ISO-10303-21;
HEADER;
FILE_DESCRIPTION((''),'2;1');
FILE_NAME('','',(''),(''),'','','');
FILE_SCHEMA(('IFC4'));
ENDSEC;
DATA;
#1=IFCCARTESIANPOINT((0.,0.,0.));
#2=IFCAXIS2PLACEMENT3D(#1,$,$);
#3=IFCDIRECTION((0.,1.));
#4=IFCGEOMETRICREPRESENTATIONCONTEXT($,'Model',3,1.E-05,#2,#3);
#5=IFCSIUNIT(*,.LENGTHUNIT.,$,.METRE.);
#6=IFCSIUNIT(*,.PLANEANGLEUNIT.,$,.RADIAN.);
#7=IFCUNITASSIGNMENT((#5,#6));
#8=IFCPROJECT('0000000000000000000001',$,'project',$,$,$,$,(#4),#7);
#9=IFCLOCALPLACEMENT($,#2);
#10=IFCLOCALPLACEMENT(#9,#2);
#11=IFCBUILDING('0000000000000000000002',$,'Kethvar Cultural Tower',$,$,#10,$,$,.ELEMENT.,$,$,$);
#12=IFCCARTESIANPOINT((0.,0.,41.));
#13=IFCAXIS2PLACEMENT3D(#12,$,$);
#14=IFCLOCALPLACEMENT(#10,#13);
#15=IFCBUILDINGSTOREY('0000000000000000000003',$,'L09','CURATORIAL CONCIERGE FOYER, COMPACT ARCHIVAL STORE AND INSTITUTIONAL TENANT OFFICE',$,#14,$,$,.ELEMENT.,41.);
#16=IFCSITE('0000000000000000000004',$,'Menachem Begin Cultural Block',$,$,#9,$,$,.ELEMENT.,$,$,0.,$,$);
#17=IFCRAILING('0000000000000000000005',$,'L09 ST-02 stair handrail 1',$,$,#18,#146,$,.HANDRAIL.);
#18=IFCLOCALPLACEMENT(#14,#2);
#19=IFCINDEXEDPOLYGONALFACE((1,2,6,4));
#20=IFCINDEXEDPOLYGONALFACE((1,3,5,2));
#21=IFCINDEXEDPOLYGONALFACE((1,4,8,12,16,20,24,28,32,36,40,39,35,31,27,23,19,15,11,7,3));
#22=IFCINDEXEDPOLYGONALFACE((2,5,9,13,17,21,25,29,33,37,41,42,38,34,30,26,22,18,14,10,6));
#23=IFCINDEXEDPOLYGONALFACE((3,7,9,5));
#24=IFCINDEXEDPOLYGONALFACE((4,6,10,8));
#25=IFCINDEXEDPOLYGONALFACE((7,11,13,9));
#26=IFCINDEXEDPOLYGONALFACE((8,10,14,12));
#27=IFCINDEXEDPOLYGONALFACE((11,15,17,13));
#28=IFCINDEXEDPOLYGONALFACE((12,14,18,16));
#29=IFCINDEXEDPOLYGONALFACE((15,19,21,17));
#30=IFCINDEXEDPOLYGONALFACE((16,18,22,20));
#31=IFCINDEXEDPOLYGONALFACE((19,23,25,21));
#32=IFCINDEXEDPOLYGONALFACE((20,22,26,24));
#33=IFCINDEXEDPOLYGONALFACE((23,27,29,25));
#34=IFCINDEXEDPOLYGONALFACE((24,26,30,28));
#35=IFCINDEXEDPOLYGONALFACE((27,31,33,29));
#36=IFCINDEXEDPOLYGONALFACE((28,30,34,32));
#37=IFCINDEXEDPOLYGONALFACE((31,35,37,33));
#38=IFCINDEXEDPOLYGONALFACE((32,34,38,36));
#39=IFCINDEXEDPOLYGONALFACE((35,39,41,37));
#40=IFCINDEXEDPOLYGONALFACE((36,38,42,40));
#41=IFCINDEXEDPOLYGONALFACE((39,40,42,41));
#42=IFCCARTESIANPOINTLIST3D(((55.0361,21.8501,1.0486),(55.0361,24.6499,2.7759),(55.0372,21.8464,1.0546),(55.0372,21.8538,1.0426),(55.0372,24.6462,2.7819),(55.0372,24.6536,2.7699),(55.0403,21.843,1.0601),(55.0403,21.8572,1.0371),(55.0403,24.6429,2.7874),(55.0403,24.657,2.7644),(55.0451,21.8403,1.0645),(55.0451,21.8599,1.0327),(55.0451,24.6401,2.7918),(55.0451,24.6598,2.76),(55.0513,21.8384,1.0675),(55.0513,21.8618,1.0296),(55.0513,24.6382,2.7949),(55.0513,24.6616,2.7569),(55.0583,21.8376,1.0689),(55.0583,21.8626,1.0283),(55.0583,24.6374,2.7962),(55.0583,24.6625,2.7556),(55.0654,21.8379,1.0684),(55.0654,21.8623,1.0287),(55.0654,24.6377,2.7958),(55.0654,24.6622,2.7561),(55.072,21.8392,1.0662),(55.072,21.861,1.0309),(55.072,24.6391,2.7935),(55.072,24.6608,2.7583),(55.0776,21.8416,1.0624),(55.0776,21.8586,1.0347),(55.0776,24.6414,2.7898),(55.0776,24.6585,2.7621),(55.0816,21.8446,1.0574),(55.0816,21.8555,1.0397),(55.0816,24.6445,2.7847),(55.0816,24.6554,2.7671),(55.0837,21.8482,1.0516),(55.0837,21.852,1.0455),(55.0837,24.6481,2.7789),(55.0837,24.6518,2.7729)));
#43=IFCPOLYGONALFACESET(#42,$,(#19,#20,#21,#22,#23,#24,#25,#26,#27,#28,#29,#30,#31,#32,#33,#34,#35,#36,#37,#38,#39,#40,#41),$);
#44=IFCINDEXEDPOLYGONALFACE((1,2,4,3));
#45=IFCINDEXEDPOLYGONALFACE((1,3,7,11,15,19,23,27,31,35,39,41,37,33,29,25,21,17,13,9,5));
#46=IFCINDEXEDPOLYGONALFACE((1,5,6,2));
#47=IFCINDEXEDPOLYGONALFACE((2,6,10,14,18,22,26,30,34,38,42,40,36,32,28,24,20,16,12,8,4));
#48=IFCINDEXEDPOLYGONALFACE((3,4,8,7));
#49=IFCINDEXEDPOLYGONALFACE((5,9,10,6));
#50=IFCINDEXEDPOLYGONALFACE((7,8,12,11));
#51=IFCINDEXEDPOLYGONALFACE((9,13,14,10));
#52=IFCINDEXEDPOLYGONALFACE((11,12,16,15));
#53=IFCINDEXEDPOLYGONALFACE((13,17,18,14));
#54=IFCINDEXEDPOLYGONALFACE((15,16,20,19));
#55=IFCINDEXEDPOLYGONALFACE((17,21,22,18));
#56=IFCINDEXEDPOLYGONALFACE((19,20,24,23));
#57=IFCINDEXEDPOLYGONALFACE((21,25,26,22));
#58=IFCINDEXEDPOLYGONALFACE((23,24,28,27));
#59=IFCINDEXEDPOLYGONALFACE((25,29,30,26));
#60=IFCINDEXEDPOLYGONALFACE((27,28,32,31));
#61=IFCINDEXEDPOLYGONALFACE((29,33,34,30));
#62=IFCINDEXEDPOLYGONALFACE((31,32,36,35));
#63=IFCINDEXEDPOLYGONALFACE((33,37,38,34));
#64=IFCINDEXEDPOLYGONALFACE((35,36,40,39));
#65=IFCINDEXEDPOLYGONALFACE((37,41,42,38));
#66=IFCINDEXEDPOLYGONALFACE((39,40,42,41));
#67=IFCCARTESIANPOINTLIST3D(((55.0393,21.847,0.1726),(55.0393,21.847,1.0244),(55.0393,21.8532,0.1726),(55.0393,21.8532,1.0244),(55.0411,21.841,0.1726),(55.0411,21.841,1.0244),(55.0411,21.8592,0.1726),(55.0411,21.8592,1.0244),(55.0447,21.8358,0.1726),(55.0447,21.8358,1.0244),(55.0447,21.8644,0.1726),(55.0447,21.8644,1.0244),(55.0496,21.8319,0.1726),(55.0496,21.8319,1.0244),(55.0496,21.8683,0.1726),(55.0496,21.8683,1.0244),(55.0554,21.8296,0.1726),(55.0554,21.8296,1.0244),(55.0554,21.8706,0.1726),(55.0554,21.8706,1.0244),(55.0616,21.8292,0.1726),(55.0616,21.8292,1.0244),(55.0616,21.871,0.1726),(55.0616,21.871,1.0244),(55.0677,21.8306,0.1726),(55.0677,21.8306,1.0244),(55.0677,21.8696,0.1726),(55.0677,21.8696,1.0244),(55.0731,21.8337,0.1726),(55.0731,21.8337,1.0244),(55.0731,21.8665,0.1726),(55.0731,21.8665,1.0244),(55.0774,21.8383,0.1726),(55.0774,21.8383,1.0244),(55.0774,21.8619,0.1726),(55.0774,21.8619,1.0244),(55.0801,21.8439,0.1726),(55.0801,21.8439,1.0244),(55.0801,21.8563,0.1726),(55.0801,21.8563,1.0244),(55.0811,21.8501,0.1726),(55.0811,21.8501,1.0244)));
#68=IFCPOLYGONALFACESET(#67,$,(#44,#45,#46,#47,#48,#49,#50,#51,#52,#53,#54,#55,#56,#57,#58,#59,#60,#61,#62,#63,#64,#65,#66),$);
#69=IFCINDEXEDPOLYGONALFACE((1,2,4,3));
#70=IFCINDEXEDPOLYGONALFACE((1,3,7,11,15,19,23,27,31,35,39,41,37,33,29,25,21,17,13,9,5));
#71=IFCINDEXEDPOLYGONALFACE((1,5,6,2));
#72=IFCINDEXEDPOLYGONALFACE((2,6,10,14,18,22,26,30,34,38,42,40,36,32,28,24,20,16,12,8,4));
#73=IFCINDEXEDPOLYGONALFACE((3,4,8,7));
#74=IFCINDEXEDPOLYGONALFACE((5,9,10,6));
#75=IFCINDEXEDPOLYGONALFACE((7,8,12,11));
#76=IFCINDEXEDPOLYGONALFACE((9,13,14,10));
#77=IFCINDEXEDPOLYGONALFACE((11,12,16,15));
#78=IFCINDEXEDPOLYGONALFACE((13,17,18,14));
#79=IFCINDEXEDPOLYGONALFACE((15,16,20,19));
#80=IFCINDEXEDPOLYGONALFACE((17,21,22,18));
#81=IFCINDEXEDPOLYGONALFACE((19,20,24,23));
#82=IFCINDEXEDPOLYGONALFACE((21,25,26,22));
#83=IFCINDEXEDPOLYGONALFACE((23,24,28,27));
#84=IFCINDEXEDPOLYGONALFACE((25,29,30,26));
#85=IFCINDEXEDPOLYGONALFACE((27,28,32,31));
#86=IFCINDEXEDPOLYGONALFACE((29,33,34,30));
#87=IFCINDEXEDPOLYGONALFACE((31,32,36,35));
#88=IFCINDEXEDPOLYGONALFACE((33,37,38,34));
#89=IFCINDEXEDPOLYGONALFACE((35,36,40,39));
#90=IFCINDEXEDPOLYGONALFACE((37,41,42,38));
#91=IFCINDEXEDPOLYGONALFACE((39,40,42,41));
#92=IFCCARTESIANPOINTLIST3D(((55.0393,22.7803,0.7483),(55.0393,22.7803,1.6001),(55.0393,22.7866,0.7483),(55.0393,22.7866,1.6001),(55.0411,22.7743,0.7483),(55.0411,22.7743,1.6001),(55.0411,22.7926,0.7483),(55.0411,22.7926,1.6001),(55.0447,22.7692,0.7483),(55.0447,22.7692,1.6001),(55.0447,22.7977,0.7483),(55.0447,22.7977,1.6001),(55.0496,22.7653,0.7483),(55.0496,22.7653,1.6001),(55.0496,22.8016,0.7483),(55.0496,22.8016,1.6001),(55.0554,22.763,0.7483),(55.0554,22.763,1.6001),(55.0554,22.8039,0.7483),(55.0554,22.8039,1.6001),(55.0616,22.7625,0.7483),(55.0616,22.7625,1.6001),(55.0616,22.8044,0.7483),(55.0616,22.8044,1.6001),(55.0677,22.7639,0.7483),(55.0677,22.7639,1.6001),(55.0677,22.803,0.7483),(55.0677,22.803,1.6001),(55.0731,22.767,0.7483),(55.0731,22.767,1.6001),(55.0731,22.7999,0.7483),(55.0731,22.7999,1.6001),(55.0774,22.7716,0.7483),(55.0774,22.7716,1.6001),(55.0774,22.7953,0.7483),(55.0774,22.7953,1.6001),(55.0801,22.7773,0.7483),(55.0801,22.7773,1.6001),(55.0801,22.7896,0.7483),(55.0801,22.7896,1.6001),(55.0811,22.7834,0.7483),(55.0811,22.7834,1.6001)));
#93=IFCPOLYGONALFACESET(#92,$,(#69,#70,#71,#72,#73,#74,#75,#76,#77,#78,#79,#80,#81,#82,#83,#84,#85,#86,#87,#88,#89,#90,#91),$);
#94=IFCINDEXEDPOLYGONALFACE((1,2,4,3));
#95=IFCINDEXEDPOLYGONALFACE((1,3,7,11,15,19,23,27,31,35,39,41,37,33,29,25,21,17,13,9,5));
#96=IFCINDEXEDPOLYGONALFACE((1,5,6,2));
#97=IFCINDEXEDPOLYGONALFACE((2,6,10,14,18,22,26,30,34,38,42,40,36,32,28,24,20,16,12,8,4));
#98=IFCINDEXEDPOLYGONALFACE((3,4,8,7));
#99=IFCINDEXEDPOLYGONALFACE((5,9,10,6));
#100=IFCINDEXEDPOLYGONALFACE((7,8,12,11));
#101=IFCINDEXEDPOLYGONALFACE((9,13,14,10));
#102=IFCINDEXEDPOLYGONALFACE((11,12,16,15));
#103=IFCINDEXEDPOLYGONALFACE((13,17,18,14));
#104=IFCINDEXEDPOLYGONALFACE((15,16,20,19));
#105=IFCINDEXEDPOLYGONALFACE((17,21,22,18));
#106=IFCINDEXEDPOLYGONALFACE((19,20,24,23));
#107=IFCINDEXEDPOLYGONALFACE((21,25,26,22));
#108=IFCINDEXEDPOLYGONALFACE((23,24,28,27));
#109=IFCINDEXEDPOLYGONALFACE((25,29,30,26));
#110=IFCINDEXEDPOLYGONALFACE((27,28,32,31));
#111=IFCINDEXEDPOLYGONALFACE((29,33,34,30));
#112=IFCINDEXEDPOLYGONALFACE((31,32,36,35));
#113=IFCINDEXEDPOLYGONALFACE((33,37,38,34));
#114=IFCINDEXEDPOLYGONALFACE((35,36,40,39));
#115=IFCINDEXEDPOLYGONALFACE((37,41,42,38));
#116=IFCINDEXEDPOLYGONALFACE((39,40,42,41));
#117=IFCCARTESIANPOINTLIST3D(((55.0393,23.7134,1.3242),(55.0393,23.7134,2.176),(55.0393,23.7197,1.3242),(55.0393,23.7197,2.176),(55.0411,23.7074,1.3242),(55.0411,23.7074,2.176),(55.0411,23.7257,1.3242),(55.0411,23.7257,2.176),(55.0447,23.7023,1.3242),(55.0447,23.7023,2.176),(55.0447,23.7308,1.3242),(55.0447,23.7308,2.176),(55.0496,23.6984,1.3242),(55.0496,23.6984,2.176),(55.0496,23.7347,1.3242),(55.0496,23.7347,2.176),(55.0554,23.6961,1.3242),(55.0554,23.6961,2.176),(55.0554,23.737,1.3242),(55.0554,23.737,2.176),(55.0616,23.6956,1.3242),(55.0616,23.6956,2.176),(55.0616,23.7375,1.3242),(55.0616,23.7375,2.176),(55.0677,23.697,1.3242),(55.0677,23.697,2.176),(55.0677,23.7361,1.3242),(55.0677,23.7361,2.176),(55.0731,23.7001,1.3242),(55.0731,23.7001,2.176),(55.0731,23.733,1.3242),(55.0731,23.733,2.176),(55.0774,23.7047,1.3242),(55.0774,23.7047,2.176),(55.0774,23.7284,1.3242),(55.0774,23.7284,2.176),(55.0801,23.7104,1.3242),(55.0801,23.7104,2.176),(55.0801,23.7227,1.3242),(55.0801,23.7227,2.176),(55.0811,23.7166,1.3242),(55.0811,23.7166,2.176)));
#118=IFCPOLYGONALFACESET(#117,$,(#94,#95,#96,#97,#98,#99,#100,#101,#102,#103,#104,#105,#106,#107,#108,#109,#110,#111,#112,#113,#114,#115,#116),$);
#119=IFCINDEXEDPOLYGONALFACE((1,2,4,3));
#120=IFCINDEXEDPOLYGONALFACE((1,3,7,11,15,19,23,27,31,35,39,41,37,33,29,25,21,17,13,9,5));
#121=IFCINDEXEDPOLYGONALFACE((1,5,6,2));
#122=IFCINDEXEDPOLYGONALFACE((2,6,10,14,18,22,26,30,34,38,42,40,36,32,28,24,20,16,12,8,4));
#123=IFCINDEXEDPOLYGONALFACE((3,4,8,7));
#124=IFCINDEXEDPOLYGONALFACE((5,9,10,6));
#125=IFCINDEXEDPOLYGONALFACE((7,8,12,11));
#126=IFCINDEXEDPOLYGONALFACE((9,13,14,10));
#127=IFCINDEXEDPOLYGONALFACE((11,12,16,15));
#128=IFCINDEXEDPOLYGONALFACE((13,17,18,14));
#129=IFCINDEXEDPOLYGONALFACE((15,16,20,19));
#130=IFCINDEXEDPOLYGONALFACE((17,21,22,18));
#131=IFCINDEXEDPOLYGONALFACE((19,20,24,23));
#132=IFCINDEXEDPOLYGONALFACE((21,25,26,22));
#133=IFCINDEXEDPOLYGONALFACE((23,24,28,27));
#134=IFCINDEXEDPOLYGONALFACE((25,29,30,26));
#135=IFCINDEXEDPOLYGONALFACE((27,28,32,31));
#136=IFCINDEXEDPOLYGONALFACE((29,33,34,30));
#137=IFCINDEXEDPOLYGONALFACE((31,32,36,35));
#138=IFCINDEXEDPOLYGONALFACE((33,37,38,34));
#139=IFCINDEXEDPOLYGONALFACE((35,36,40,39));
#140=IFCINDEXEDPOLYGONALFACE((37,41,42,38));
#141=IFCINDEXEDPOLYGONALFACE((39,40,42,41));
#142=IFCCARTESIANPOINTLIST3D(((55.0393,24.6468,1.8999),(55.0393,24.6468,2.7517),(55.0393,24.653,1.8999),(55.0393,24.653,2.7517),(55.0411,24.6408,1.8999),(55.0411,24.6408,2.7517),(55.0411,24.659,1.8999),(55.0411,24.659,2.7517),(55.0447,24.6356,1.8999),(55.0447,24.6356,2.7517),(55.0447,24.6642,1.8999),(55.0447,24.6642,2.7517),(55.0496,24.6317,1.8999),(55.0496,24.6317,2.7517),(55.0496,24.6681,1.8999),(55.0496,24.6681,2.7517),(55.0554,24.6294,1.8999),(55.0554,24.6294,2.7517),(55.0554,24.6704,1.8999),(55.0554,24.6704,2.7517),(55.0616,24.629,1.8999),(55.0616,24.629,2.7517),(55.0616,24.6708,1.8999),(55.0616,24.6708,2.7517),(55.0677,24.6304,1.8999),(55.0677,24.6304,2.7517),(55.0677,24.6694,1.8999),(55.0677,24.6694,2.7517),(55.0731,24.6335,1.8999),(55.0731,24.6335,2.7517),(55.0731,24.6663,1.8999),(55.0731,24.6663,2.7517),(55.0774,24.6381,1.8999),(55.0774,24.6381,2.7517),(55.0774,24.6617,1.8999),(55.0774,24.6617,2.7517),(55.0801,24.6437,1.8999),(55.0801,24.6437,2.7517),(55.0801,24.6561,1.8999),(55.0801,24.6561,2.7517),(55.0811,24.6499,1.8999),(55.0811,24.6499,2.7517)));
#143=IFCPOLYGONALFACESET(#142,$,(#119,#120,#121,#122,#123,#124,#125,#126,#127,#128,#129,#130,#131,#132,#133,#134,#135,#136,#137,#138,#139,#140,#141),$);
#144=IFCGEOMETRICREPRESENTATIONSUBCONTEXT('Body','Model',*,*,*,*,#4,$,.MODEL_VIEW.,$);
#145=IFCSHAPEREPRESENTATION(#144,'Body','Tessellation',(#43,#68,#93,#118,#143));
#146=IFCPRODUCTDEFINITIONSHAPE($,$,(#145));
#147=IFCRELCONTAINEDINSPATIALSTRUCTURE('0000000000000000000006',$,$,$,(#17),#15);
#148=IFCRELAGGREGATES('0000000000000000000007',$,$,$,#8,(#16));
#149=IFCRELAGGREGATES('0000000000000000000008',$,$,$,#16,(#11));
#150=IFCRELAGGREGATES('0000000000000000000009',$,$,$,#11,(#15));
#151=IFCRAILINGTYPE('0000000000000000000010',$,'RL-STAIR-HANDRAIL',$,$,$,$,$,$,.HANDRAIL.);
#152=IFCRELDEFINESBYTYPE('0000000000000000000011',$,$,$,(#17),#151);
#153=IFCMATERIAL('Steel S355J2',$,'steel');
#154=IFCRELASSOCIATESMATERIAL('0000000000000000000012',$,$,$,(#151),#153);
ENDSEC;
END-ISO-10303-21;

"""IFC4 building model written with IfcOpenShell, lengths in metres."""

from ifc_helpers import new_model, si_unit, direction, frame, origin, origin_2d, place, context, subcontext, project, spatial, circle, extrude, material, type_object, element, save


model = new_model("IFC4")

# Units and contexts
model_context = context("Model", 3, precision=1e-05, world=origin(), true_north=direction((0.0, 1.0)))
body_context = subcontext(model_context, "Body", "Model", "MODEL_VIEW")
ifc_project = project(units=[si_unit("LENGTHUNIT", "METRE"), si_unit("PLANEANGLEUNIT", "RADIAN")], contexts=[model_context])

# Site, building, storey
site_placement = place(None, origin())
site = spatial("IfcSite", under=ifc_project, at=site_placement, Name="Menachem Begin Cultural Block", CompositionType="ELEMENT", RefElevation=0.0)
building_placement = place(site_placement, origin())
building = spatial("IfcBuilding", under=site, at=building_placement, Name="Kethvar Cultural Tower", CompositionType="ELEMENT")
storey_placement = place(building_placement, frame((0.0, 0.0, 41.0)))
storey = spatial("IfcBuildingStorey", under=building, at=storey_placement, Name="L09", Description="CURATORIAL CONCIERGE FOYER, COMPACT ARCHIVAL STORE AND INSTITUTIONAL TENANT OFFICE", CompositionType="ELEMENT", Elevation=41.0)

# Shared definitions
ifc_material_1 = material(Name="Steel S355J2", Category="steel")

# Railing
railing_type_1 = type_object("IfcRailingType", Name="RL-STAIR-HANDRAIL", PredefinedType="HANDRAIL", material=ifc_material_1)
railing_1_placement = place(storey_placement, frame((55.0601, 21.8501, 0.1726)))
element("IfcRailing", 1, at=railing_1_placement, inside=storey, type_object=railing_type_1, Name="L09 ST-02 stair handrail 1", PredefinedType="HANDRAIL", context=body_context, shape_type="SweptSolid", body=[
    extrude(circle(Radius=0.0239, at=origin_2d()), frame((0.0, 0.0, 0.876), z_axis=(0.0, 0.851069, 0.525054), x_axis=(-1.0, 0.0, 0.0)), (0.0, 0.0, 1.0), 3.2898),
    extrude(circle(Radius=0.021, at=origin_2d()), origin(), (0.0, 0.0, 1.0), 0.8518),
    extrude(circle(Radius=0.021, at=origin_2d()), frame((0.0, 0.9333, 0.5757)), (0.0, 0.0, 1.0), 0.8518),
    extrude(circle(Radius=0.021, at=origin_2d()), frame((0.0, 1.8665, 1.1516)), (0.0, 0.0, 1.0), 0.8518),
    extrude(circle(Radius=0.021, at=origin_2d()), frame((0.0, 2.7998, 1.7273)), (0.0, 0.0, 1.0), 0.8518),
])

save(model, "model.ifc")
